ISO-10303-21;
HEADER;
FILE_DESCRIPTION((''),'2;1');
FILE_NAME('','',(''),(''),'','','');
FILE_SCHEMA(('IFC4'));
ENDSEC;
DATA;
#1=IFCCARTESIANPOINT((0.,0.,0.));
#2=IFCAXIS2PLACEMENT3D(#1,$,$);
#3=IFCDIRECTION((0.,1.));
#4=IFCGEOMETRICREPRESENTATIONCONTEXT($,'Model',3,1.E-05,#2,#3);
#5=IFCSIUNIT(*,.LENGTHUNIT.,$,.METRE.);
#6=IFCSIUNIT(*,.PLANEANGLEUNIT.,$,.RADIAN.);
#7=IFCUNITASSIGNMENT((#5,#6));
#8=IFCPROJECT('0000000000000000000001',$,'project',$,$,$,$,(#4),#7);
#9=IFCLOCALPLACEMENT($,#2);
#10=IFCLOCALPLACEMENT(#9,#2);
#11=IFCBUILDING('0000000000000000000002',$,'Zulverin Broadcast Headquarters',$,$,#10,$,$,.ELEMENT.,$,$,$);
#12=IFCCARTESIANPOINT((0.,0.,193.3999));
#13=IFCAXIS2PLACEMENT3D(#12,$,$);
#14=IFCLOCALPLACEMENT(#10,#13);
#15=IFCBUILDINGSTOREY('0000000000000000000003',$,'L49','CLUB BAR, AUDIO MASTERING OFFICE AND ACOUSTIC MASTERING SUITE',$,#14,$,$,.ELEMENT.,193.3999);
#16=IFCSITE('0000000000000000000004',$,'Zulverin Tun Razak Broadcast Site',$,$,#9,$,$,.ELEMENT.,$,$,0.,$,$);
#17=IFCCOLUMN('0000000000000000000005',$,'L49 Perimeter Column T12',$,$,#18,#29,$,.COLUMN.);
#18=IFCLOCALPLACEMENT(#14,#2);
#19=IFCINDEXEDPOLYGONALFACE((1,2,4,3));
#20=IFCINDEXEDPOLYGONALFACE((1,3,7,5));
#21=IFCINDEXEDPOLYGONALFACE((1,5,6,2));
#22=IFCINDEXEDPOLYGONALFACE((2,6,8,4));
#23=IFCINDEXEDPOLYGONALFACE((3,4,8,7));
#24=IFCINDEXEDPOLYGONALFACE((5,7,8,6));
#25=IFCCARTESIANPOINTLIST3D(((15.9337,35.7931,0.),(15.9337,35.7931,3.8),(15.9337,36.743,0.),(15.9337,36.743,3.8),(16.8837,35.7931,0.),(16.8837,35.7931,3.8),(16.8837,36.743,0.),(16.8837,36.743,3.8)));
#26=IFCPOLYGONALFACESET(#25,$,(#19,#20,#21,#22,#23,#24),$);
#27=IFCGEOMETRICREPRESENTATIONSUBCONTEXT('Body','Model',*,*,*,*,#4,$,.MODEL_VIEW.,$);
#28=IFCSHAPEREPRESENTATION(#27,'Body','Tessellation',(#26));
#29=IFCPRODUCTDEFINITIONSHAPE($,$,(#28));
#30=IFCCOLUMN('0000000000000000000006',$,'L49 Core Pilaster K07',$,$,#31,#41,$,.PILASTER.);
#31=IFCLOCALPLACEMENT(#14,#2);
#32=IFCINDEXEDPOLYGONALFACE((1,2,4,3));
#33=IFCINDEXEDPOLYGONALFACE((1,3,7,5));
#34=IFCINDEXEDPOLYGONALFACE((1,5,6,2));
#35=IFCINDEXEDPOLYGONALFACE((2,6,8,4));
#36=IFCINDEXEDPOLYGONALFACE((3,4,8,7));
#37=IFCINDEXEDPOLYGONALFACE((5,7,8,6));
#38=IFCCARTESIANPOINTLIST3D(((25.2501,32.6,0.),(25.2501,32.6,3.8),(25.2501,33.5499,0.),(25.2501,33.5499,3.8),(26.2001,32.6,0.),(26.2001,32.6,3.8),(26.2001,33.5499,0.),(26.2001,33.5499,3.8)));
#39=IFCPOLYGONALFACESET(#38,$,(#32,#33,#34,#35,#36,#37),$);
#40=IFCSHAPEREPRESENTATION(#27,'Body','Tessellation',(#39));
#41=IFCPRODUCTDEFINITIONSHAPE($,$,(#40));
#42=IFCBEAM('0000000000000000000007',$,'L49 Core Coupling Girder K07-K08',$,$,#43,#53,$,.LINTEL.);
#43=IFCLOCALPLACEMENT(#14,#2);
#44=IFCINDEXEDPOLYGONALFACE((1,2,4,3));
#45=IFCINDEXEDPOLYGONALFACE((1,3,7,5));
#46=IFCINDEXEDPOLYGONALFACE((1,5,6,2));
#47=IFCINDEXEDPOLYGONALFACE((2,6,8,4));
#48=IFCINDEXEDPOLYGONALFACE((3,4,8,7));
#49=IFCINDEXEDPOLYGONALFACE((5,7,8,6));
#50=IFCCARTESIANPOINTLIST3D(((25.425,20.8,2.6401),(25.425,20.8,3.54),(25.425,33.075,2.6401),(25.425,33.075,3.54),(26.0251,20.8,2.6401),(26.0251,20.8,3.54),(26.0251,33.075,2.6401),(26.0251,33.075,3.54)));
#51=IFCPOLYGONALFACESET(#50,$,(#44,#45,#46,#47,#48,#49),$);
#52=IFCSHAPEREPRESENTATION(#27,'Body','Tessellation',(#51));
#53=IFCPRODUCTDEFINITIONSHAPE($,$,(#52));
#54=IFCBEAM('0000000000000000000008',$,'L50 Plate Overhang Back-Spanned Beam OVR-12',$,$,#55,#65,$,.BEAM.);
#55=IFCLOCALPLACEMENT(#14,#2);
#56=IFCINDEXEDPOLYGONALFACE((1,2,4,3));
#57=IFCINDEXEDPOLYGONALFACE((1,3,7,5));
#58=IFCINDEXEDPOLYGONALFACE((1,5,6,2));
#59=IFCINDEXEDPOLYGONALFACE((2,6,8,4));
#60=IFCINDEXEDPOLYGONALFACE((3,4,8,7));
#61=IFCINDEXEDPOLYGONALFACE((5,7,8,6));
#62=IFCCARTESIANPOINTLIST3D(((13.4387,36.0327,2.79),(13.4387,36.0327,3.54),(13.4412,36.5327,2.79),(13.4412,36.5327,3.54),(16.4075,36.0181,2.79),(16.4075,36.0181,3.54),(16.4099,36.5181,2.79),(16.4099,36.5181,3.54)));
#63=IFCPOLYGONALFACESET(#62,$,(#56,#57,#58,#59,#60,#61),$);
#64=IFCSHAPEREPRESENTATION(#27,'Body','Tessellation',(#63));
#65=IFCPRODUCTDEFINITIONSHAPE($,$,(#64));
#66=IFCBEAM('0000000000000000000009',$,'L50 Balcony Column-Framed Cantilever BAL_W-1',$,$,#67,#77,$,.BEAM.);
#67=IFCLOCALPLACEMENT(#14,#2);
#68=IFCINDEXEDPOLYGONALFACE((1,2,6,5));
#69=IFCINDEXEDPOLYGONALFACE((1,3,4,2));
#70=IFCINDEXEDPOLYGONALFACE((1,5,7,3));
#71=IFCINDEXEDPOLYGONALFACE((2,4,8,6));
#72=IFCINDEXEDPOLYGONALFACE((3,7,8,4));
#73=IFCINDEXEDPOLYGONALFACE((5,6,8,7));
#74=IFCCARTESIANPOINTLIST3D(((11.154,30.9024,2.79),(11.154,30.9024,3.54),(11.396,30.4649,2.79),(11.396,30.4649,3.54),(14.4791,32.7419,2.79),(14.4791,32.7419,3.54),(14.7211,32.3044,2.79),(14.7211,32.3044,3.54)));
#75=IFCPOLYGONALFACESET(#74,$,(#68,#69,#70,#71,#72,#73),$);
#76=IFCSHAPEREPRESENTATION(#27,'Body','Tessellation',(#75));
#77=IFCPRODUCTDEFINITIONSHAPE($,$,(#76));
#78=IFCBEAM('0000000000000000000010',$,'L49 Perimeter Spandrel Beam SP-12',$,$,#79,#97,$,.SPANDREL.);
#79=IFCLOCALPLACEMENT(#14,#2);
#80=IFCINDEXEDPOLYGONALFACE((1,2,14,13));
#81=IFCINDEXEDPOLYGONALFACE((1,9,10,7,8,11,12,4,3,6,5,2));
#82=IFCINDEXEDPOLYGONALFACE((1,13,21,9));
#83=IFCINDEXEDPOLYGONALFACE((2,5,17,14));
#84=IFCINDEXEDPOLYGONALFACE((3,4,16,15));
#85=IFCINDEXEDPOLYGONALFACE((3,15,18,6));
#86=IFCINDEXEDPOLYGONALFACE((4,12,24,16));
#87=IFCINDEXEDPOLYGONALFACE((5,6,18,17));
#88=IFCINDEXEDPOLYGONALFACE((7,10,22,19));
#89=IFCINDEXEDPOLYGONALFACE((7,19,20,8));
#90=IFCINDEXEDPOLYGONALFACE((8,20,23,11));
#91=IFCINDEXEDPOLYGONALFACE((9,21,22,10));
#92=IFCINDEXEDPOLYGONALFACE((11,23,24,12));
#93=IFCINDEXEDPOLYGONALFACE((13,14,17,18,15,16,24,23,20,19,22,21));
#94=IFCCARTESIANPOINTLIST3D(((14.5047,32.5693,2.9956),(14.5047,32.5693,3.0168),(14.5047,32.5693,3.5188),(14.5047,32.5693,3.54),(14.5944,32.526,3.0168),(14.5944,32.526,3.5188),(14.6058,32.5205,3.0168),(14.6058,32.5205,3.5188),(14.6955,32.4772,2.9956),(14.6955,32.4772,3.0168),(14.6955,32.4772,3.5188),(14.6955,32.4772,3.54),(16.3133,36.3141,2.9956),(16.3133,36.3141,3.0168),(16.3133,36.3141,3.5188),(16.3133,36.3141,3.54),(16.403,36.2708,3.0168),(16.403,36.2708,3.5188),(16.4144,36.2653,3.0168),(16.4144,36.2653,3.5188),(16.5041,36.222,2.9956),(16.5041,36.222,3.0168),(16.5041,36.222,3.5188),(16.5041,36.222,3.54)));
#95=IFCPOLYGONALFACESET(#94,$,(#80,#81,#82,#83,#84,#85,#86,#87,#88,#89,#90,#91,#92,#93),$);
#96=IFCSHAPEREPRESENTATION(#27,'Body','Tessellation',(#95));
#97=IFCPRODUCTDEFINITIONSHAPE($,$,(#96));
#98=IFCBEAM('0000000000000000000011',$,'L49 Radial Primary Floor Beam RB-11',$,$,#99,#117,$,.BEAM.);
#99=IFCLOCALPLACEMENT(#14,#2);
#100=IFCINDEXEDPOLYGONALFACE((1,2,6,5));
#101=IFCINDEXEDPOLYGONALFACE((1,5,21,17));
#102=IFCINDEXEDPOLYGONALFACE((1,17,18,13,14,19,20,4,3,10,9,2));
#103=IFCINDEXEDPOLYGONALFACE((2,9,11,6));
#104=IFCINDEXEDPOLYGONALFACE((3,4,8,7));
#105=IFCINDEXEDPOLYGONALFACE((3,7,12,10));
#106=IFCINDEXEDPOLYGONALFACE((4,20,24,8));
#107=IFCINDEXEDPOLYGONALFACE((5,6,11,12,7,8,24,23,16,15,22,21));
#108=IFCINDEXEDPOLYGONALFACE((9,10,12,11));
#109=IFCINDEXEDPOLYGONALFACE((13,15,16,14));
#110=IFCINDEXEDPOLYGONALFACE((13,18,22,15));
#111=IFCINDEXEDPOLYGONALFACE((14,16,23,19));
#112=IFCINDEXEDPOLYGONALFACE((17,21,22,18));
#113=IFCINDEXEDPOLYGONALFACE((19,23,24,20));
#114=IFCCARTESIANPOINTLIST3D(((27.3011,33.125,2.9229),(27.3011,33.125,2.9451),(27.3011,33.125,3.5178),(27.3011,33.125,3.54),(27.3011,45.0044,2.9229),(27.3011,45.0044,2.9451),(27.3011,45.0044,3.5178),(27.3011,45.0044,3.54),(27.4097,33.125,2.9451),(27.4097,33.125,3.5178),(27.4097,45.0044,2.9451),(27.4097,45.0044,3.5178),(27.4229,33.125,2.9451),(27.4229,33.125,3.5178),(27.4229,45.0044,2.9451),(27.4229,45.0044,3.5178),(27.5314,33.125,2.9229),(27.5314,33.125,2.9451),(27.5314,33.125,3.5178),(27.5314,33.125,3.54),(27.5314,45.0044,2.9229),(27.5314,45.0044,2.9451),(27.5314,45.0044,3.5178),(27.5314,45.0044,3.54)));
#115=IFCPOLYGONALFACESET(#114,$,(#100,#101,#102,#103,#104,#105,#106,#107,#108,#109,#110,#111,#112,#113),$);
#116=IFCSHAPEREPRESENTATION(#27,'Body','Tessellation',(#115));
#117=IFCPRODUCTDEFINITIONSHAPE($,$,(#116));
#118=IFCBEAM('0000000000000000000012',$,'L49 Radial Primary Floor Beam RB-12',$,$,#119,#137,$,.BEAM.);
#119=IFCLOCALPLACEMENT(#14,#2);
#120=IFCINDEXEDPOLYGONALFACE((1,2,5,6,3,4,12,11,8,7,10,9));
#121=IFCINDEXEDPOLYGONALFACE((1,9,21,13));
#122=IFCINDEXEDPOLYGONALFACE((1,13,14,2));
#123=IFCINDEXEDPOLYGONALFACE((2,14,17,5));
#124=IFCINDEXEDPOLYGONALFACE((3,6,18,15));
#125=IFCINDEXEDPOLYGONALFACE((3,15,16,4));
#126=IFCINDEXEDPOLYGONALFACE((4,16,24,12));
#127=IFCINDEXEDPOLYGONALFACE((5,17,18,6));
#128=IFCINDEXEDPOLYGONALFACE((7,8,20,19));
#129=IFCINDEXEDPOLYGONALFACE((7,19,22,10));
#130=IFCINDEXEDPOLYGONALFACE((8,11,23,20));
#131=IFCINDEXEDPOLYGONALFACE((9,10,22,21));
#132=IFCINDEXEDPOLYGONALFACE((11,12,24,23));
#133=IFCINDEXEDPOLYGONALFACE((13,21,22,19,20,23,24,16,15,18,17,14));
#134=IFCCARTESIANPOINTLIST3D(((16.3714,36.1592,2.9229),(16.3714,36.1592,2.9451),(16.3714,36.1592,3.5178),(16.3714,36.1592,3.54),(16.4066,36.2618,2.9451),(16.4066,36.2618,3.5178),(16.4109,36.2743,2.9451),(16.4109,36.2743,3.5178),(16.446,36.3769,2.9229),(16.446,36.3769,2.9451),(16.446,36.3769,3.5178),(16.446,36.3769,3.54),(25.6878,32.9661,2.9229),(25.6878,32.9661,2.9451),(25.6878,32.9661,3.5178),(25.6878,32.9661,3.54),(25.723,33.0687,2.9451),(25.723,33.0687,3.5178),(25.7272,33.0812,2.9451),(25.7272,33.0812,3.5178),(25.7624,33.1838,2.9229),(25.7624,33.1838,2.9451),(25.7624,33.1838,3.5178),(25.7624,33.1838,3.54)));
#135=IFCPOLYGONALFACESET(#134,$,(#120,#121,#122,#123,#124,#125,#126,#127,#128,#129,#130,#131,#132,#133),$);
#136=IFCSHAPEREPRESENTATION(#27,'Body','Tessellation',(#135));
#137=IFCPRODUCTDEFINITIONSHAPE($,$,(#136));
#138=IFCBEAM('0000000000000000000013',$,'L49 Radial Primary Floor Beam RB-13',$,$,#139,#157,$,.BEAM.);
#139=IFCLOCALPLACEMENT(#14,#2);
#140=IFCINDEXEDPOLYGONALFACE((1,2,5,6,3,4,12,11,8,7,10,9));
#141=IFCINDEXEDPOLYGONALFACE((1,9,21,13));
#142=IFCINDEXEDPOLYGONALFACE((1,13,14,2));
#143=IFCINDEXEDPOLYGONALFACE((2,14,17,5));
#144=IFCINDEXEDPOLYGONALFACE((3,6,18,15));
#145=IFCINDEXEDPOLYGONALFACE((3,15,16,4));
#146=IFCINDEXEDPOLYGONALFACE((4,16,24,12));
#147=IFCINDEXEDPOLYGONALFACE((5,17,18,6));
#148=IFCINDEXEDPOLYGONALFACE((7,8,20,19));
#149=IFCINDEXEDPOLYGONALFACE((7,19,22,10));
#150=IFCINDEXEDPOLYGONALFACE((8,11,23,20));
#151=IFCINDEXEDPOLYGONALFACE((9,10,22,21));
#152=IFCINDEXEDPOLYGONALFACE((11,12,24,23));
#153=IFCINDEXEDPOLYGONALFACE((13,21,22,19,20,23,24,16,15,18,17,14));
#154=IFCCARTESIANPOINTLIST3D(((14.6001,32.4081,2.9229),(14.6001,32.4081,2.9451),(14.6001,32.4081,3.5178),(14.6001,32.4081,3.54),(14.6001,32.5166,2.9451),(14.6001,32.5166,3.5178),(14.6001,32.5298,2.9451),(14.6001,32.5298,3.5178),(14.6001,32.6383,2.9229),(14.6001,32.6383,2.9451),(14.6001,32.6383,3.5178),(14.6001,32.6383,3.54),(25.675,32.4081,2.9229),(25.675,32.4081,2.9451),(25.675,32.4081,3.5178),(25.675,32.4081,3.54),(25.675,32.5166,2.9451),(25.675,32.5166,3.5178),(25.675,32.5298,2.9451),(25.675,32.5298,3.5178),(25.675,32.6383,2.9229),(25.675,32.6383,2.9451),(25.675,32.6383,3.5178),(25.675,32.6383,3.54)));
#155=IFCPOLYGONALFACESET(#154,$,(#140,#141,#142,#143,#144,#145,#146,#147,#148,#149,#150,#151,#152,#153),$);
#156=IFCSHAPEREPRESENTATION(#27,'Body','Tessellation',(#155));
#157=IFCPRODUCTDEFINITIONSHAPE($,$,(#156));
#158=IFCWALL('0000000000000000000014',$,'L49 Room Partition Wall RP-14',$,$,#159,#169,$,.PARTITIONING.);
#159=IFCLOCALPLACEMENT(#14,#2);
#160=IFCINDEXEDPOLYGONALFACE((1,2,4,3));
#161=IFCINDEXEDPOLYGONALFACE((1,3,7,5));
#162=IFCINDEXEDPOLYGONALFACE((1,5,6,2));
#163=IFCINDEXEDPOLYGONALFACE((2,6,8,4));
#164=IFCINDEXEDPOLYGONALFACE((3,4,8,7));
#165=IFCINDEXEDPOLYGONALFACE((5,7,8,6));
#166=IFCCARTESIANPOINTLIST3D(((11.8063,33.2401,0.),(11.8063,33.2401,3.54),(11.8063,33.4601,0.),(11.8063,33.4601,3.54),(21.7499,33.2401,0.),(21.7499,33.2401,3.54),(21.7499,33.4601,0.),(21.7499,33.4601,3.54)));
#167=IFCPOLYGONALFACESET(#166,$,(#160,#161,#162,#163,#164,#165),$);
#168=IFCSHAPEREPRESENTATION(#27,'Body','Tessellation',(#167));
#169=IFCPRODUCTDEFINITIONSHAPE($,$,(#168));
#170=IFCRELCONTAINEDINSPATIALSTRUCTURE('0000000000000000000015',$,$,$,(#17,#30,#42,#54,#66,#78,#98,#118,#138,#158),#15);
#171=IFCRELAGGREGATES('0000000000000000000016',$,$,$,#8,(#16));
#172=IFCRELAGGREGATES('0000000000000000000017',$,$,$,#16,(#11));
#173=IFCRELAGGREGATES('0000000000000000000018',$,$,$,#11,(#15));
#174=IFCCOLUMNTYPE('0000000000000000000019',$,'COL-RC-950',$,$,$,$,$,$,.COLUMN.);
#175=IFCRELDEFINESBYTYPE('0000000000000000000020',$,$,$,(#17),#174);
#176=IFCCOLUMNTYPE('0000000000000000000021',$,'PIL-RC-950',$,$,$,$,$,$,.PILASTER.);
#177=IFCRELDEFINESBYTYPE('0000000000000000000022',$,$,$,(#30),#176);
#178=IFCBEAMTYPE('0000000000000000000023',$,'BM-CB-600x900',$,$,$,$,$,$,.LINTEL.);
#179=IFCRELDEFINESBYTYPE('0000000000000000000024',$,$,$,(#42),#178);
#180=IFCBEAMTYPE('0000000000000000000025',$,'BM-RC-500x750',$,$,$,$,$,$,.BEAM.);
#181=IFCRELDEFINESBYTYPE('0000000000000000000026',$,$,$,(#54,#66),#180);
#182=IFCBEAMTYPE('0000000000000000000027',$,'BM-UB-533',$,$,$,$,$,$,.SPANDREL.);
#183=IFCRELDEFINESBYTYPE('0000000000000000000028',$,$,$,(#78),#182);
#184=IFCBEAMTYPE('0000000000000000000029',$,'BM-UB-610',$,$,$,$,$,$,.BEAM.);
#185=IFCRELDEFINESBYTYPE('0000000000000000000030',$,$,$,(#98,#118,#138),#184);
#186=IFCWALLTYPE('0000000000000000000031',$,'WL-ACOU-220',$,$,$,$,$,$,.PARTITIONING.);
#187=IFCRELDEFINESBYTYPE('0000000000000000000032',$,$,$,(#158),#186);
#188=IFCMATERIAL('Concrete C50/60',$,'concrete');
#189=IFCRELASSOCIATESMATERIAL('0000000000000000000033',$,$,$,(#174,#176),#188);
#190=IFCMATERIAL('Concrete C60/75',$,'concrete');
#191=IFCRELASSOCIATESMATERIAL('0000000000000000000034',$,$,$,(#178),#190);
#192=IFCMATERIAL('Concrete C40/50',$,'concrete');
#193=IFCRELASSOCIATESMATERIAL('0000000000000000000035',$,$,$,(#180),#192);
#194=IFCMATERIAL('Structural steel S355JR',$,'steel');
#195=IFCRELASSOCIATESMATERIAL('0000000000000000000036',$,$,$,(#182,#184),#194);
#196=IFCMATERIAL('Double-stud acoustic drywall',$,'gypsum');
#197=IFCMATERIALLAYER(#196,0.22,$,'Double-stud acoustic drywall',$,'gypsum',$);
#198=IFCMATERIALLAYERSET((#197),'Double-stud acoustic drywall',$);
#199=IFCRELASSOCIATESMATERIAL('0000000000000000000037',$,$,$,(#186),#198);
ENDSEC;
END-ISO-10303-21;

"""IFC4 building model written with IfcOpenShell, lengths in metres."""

from ifc_helpers import new_model, si_unit, direction, frame, frame_2d, origin, origin_2d, place, context, subcontext, project, spatial, rectangle, i_section, extrude, material, layer, layer_set, material_profile, profile_set, type_object, element, save


model = new_model("IFC4")

# Units and contexts
model_context = context("Model", 3, precision=1e-05, world=origin(), true_north=direction((0.0, 1.0)))
body_context = subcontext(model_context, "Body", "Model", "MODEL_VIEW")
ifc_project = project(units=[si_unit("LENGTHUNIT", "METRE"), si_unit("PLANEANGLEUNIT", "RADIAN")], contexts=[model_context])

# Site, building, storey
site_placement = place(None, origin())
site = spatial("IfcSite", under=ifc_project, at=site_placement, Name="Zulverin Tun Razak Broadcast Site", CompositionType="ELEMENT", RefElevation=0.0)
building_placement = place(site_placement, origin())
building = spatial("IfcBuilding", under=site, at=building_placement, Name="Zulverin Broadcast Headquarters", CompositionType="ELEMENT")
storey_placement = place(building_placement, frame((0.0, 0.0, 193.3999)))
storey = spatial("IfcBuildingStorey", under=building, at=storey_placement, Name="L49", Description="CLUB BAR, AUDIO MASTERING OFFICE AND ACOUSTIC MASTERING SUITE", CompositionType="ELEMENT", Elevation=193.3999)

# Columns
ifc_material_1 = material(Name="Concrete C50/60", Category="concrete")
ifc_material_profile_1 = material_profile(ifc_material_1, rectangle(XDim=0.95, YDim=0.95, at=origin_2d()), Name="Concrete C50/60", Category="concrete")
ifc_profile_set_1 = profile_set([ifc_material_profile_1], Name="Concrete C50/60")
column_type_1 = type_object("IfcColumnType", Name="COL-RC-950", PredefinedType="COLUMN", material=ifc_profile_set_1)
column_1_placement = place(storey_placement, frame((16.4087, 36.2681, 0.0), z_axis=(0.0, 0.0, 1.0), x_axis=(1.0, 0.0, 0.0)))
element("IfcColumn", 1, at=column_1_placement, inside=storey, type_object=column_type_1, Name="L49 Perimeter Column T12", PredefinedType="COLUMN", context=body_context, shape_type="SweptSolid", body=[
    extrude(rectangle(XDim=0.95, YDim=0.95, at=origin_2d()), origin(), (0.0, 0.0, 1.0), 3.8),
])
ifc_material_profile_2 = material_profile(ifc_material_1, rectangle(XDim=0.95, YDim=0.95, at=origin_2d()), Name="Concrete C50/60", Category="concrete")
ifc_profile_set_2 = profile_set([ifc_material_profile_2], Name="Concrete C50/60")
column_type_2 = type_object("IfcColumnType", Name="PIL-RC-950", PredefinedType="PILASTER", material=ifc_profile_set_2)
column_2_placement = place(storey_placement, frame((25.7251, 33.075, 0.0), z_axis=(0.0, 0.0, 1.0), x_axis=(1.0, 0.0, 0.0)))
element("IfcColumn", 2, at=column_2_placement, inside=storey, type_object=column_type_2, Name="L49 Core Pilaster K07", PredefinedType="PILASTER", context=body_context, shape_type="SweptSolid", body=[
    extrude(rectangle(XDim=0.95, YDim=0.95, at=origin_2d()), origin(), (0.0, 0.0, 1.0), 3.8),
])

# Beams
ifc_material_2 = material(Name="Concrete C60/75", Category="concrete")
ifc_material_profile_3 = material_profile(ifc_material_2, rectangle(XDim=0.6001, YDim=0.8999, at=origin_2d()), Name="Concrete C60/75", Category="concrete")
ifc_profile_set_3 = profile_set([ifc_material_profile_3], Name="Concrete C60/75")
beam_type_1 = type_object("IfcBeamType", Name="BM-CB-600x900", PredefinedType="LINTEL", material=ifc_profile_set_3)
beam_1_placement = place(storey_placement, frame((25.7251, 33.075, 3.0901), z_axis=(0.0, -1.0, 0.0), x_axis=(1.0, 0.0, 0.0)))
element("IfcBeam", 3, at=beam_1_placement, inside=storey, type_object=beam_type_1, Name="L49 Core Coupling Girder K07-K08", PredefinedType="LINTEL", context=body_context, shape_type="SweptSolid", body=[
    extrude(rectangle(XDim=0.6001, YDim=0.8999, at=origin_2d()), origin(), (0.0, 0.0, 1.0), 12.2749),
])
ifc_material_3 = material(Name="Concrete C40/50", Category="concrete")
ifc_material_profile_4 = material_profile(ifc_material_3, rectangle(XDim=0.5, YDim=0.75, at=origin_2d()), Name="Concrete C40/50", Category="concrete")
ifc_profile_set_4 = profile_set([ifc_material_profile_4], Name="Concrete C40/50")
beam_type_2 = type_object("IfcBeamType", Name="BM-RC-500x750", PredefinedType="BEAM", material=ifc_profile_set_4)
beam_2_placement = place(storey_placement, frame((16.4087, 36.2681, 3.165), z_axis=(-0.999988, 0.004934, 0.0), x_axis=(-0.004934, -0.999988, 0.0)))
element("IfcBeam", 4, at=beam_2_placement, inside=storey, type_object=beam_type_2, Name="L50 Plate Overhang Back-Spanned Beam OVR-12", PredefinedType="BEAM", context=body_context, shape_type="SweptSolid", body=[
    extrude(rectangle(XDim=0.5, YDim=0.75, at=origin_2d()), origin(), (0.0, 0.0, 1.0), 2.9688),
])
beam_3_placement = place(storey_placement, frame((14.6001, 32.5232, 3.165), z_axis=(-0.87502, -0.484088, 0.0), x_axis=(0.484088, -0.87502, 0.0)))
element("IfcBeam", 5, at=beam_3_placement, inside=storey, type_object=beam_type_2, Name="L50 Balcony Column-Framed Cantilever BAL_W-1", PredefinedType="BEAM", context=body_context, shape_type="SweptSolid", body=[
    extrude(rectangle(XDim=0.5, YDim=0.75, at=origin_2d()), origin(), (0.0, 0.0, 1.0), 3.8),
])
ifc_material_4 = material(Name="Structural steel S355JR", Category="steel")
ifc_material_profile_5 = material_profile(ifc_material_4, i_section(OverallWidth=0.2119, OverallDepth=0.5444, WebThickness=0.0127, FlangeThickness=0.0212, at=origin_2d()), Name="Structural steel S355JR", Category="steel")
ifc_profile_set_5 = profile_set([ifc_material_profile_5], Name="Structural steel S355JR")
beam_type_3 = type_object("IfcBeamType", Name="BM-UB-533", PredefinedType="SPANDREL", material=ifc_profile_set_5)
beam_4_placement = place(storey_placement, frame((16.4087, 36.2681, 3.2678), z_axis=(-0.43489, -0.900483, 0.0), x_axis=(0.900483, -0.43489, 0.0)))
element("IfcBeam", 6, at=beam_4_placement, inside=storey, type_object=beam_type_3, Name="L49 Perimeter Spandrel Beam SP-12", PredefinedType="SPANDREL", context=body_context, shape_type="SweptSolid", body=[
    extrude(i_section(OverallWidth=0.2119, OverallDepth=0.5444, WebThickness=0.0127, FlangeThickness=0.0212, at=origin_2d()), origin(), (0.0, 0.0, 1.0), 4.1587),
])
ifc_material_profile_6 = material_profile(ifc_material_4, i_section(OverallWidth=0.2302, OverallDepth=0.6172, WebThickness=0.0132, FlangeThickness=0.0222, at=origin_2d()), Name="Structural steel S355JR", Category="steel")
ifc_profile_set_6 = profile_set([ifc_material_profile_6], Name="Structural steel S355JR")
beam_type_4 = type_object("IfcBeamType", Name="BM-UB-610", PredefinedType="BEAM", material=ifc_profile_set_6)
beam_5_placement = place(storey_placement, frame((27.4163, 33.125, 3.2314), z_axis=(0.0, 1.0, 0.0), x_axis=(-1.0, 0.0, 0.0)))
element("IfcBeam", 7, at=beam_5_placement, inside=storey, type_object=beam_type_4, Name="L49 Radial Primary Floor Beam RB-11", PredefinedType="BEAM", context=body_context, shape_type="SweptSolid", body=[
    extrude(i_section(OverallWidth=0.2302, OverallDepth=0.6172, WebThickness=0.0132, FlangeThickness=0.0222, at=origin_2d()), origin(), (0.0, 0.0, 1.0), 11.8794),
])
beam_6_placement = place(storey_placement, frame((25.7251, 33.075, 3.2314), z_axis=(-0.94598, 0.324226, 0.0), x_axis=(-0.324226, -0.94598, 0.0)))
element("IfcBeam", 8, at=beam_6_placement, inside=storey, type_object=beam_type_4, Name="L49 Radial Primary Floor Beam RB-12", PredefinedType="BEAM", context=body_context, shape_type="SweptSolid", body=[
    extrude(i_section(OverallWidth=0.2302, OverallDepth=0.6172, WebThickness=0.0132, FlangeThickness=0.0222, at=origin_2d()), origin(), (0.0, 0.0, 1.0), 9.8484),
])
beam_7_placement = place(storey_placement, frame((25.675, 32.5232, 3.2314), z_axis=(-1.0, 0.0, 0.0), x_axis=(0.0, -1.0, 0.0)))
element("IfcBeam", 9, at=beam_7_placement, inside=storey, type_object=beam_type_4, Name="L49 Radial Primary Floor Beam RB-13", PredefinedType="BEAM", context=body_context, shape_type="SweptSolid", body=[
    extrude(i_section(OverallWidth=0.2302, OverallDepth=0.6172, WebThickness=0.0132, FlangeThickness=0.0222, at=origin_2d()), origin(), (0.0, 0.0, 1.0), 11.075),
])

# Wall
ifc_material_5 = material(Name="Double-stud acoustic drywall", Category="gypsum")
ifc_layer_1 = layer(ifc_material_5, 0.22, Name="Double-stud acoustic drywall", Category="gypsum")
ifc_layer_set_1 = layer_set([ifc_layer_1], Name="Double-stud acoustic drywall")
wall_type_1 = type_object("IfcWallType", Name="WL-ACOU-220", PredefinedType="PARTITIONING", material=ifc_layer_set_1)
wall_1_placement = place(storey_placement, frame((11.8064, 33.3501, 0.0), z_axis=(0.0, 0.0, 1.0), x_axis=(1.0, 0.0, 0.0)))
element("IfcWall", 10, at=wall_1_placement, inside=storey, type_object=wall_type_1, Name="L49 Room Partition Wall RP-14", PredefinedType="PARTITIONING", context=body_context, shape_type="SweptSolid", body=[
    extrude(rectangle(XDim=9.9436, YDim=0.22, at=frame_2d((4.9717, 0.0))), origin(), (0.0, 0.0, 1.0), 3.54),
])

save(model, "model.ifc")
